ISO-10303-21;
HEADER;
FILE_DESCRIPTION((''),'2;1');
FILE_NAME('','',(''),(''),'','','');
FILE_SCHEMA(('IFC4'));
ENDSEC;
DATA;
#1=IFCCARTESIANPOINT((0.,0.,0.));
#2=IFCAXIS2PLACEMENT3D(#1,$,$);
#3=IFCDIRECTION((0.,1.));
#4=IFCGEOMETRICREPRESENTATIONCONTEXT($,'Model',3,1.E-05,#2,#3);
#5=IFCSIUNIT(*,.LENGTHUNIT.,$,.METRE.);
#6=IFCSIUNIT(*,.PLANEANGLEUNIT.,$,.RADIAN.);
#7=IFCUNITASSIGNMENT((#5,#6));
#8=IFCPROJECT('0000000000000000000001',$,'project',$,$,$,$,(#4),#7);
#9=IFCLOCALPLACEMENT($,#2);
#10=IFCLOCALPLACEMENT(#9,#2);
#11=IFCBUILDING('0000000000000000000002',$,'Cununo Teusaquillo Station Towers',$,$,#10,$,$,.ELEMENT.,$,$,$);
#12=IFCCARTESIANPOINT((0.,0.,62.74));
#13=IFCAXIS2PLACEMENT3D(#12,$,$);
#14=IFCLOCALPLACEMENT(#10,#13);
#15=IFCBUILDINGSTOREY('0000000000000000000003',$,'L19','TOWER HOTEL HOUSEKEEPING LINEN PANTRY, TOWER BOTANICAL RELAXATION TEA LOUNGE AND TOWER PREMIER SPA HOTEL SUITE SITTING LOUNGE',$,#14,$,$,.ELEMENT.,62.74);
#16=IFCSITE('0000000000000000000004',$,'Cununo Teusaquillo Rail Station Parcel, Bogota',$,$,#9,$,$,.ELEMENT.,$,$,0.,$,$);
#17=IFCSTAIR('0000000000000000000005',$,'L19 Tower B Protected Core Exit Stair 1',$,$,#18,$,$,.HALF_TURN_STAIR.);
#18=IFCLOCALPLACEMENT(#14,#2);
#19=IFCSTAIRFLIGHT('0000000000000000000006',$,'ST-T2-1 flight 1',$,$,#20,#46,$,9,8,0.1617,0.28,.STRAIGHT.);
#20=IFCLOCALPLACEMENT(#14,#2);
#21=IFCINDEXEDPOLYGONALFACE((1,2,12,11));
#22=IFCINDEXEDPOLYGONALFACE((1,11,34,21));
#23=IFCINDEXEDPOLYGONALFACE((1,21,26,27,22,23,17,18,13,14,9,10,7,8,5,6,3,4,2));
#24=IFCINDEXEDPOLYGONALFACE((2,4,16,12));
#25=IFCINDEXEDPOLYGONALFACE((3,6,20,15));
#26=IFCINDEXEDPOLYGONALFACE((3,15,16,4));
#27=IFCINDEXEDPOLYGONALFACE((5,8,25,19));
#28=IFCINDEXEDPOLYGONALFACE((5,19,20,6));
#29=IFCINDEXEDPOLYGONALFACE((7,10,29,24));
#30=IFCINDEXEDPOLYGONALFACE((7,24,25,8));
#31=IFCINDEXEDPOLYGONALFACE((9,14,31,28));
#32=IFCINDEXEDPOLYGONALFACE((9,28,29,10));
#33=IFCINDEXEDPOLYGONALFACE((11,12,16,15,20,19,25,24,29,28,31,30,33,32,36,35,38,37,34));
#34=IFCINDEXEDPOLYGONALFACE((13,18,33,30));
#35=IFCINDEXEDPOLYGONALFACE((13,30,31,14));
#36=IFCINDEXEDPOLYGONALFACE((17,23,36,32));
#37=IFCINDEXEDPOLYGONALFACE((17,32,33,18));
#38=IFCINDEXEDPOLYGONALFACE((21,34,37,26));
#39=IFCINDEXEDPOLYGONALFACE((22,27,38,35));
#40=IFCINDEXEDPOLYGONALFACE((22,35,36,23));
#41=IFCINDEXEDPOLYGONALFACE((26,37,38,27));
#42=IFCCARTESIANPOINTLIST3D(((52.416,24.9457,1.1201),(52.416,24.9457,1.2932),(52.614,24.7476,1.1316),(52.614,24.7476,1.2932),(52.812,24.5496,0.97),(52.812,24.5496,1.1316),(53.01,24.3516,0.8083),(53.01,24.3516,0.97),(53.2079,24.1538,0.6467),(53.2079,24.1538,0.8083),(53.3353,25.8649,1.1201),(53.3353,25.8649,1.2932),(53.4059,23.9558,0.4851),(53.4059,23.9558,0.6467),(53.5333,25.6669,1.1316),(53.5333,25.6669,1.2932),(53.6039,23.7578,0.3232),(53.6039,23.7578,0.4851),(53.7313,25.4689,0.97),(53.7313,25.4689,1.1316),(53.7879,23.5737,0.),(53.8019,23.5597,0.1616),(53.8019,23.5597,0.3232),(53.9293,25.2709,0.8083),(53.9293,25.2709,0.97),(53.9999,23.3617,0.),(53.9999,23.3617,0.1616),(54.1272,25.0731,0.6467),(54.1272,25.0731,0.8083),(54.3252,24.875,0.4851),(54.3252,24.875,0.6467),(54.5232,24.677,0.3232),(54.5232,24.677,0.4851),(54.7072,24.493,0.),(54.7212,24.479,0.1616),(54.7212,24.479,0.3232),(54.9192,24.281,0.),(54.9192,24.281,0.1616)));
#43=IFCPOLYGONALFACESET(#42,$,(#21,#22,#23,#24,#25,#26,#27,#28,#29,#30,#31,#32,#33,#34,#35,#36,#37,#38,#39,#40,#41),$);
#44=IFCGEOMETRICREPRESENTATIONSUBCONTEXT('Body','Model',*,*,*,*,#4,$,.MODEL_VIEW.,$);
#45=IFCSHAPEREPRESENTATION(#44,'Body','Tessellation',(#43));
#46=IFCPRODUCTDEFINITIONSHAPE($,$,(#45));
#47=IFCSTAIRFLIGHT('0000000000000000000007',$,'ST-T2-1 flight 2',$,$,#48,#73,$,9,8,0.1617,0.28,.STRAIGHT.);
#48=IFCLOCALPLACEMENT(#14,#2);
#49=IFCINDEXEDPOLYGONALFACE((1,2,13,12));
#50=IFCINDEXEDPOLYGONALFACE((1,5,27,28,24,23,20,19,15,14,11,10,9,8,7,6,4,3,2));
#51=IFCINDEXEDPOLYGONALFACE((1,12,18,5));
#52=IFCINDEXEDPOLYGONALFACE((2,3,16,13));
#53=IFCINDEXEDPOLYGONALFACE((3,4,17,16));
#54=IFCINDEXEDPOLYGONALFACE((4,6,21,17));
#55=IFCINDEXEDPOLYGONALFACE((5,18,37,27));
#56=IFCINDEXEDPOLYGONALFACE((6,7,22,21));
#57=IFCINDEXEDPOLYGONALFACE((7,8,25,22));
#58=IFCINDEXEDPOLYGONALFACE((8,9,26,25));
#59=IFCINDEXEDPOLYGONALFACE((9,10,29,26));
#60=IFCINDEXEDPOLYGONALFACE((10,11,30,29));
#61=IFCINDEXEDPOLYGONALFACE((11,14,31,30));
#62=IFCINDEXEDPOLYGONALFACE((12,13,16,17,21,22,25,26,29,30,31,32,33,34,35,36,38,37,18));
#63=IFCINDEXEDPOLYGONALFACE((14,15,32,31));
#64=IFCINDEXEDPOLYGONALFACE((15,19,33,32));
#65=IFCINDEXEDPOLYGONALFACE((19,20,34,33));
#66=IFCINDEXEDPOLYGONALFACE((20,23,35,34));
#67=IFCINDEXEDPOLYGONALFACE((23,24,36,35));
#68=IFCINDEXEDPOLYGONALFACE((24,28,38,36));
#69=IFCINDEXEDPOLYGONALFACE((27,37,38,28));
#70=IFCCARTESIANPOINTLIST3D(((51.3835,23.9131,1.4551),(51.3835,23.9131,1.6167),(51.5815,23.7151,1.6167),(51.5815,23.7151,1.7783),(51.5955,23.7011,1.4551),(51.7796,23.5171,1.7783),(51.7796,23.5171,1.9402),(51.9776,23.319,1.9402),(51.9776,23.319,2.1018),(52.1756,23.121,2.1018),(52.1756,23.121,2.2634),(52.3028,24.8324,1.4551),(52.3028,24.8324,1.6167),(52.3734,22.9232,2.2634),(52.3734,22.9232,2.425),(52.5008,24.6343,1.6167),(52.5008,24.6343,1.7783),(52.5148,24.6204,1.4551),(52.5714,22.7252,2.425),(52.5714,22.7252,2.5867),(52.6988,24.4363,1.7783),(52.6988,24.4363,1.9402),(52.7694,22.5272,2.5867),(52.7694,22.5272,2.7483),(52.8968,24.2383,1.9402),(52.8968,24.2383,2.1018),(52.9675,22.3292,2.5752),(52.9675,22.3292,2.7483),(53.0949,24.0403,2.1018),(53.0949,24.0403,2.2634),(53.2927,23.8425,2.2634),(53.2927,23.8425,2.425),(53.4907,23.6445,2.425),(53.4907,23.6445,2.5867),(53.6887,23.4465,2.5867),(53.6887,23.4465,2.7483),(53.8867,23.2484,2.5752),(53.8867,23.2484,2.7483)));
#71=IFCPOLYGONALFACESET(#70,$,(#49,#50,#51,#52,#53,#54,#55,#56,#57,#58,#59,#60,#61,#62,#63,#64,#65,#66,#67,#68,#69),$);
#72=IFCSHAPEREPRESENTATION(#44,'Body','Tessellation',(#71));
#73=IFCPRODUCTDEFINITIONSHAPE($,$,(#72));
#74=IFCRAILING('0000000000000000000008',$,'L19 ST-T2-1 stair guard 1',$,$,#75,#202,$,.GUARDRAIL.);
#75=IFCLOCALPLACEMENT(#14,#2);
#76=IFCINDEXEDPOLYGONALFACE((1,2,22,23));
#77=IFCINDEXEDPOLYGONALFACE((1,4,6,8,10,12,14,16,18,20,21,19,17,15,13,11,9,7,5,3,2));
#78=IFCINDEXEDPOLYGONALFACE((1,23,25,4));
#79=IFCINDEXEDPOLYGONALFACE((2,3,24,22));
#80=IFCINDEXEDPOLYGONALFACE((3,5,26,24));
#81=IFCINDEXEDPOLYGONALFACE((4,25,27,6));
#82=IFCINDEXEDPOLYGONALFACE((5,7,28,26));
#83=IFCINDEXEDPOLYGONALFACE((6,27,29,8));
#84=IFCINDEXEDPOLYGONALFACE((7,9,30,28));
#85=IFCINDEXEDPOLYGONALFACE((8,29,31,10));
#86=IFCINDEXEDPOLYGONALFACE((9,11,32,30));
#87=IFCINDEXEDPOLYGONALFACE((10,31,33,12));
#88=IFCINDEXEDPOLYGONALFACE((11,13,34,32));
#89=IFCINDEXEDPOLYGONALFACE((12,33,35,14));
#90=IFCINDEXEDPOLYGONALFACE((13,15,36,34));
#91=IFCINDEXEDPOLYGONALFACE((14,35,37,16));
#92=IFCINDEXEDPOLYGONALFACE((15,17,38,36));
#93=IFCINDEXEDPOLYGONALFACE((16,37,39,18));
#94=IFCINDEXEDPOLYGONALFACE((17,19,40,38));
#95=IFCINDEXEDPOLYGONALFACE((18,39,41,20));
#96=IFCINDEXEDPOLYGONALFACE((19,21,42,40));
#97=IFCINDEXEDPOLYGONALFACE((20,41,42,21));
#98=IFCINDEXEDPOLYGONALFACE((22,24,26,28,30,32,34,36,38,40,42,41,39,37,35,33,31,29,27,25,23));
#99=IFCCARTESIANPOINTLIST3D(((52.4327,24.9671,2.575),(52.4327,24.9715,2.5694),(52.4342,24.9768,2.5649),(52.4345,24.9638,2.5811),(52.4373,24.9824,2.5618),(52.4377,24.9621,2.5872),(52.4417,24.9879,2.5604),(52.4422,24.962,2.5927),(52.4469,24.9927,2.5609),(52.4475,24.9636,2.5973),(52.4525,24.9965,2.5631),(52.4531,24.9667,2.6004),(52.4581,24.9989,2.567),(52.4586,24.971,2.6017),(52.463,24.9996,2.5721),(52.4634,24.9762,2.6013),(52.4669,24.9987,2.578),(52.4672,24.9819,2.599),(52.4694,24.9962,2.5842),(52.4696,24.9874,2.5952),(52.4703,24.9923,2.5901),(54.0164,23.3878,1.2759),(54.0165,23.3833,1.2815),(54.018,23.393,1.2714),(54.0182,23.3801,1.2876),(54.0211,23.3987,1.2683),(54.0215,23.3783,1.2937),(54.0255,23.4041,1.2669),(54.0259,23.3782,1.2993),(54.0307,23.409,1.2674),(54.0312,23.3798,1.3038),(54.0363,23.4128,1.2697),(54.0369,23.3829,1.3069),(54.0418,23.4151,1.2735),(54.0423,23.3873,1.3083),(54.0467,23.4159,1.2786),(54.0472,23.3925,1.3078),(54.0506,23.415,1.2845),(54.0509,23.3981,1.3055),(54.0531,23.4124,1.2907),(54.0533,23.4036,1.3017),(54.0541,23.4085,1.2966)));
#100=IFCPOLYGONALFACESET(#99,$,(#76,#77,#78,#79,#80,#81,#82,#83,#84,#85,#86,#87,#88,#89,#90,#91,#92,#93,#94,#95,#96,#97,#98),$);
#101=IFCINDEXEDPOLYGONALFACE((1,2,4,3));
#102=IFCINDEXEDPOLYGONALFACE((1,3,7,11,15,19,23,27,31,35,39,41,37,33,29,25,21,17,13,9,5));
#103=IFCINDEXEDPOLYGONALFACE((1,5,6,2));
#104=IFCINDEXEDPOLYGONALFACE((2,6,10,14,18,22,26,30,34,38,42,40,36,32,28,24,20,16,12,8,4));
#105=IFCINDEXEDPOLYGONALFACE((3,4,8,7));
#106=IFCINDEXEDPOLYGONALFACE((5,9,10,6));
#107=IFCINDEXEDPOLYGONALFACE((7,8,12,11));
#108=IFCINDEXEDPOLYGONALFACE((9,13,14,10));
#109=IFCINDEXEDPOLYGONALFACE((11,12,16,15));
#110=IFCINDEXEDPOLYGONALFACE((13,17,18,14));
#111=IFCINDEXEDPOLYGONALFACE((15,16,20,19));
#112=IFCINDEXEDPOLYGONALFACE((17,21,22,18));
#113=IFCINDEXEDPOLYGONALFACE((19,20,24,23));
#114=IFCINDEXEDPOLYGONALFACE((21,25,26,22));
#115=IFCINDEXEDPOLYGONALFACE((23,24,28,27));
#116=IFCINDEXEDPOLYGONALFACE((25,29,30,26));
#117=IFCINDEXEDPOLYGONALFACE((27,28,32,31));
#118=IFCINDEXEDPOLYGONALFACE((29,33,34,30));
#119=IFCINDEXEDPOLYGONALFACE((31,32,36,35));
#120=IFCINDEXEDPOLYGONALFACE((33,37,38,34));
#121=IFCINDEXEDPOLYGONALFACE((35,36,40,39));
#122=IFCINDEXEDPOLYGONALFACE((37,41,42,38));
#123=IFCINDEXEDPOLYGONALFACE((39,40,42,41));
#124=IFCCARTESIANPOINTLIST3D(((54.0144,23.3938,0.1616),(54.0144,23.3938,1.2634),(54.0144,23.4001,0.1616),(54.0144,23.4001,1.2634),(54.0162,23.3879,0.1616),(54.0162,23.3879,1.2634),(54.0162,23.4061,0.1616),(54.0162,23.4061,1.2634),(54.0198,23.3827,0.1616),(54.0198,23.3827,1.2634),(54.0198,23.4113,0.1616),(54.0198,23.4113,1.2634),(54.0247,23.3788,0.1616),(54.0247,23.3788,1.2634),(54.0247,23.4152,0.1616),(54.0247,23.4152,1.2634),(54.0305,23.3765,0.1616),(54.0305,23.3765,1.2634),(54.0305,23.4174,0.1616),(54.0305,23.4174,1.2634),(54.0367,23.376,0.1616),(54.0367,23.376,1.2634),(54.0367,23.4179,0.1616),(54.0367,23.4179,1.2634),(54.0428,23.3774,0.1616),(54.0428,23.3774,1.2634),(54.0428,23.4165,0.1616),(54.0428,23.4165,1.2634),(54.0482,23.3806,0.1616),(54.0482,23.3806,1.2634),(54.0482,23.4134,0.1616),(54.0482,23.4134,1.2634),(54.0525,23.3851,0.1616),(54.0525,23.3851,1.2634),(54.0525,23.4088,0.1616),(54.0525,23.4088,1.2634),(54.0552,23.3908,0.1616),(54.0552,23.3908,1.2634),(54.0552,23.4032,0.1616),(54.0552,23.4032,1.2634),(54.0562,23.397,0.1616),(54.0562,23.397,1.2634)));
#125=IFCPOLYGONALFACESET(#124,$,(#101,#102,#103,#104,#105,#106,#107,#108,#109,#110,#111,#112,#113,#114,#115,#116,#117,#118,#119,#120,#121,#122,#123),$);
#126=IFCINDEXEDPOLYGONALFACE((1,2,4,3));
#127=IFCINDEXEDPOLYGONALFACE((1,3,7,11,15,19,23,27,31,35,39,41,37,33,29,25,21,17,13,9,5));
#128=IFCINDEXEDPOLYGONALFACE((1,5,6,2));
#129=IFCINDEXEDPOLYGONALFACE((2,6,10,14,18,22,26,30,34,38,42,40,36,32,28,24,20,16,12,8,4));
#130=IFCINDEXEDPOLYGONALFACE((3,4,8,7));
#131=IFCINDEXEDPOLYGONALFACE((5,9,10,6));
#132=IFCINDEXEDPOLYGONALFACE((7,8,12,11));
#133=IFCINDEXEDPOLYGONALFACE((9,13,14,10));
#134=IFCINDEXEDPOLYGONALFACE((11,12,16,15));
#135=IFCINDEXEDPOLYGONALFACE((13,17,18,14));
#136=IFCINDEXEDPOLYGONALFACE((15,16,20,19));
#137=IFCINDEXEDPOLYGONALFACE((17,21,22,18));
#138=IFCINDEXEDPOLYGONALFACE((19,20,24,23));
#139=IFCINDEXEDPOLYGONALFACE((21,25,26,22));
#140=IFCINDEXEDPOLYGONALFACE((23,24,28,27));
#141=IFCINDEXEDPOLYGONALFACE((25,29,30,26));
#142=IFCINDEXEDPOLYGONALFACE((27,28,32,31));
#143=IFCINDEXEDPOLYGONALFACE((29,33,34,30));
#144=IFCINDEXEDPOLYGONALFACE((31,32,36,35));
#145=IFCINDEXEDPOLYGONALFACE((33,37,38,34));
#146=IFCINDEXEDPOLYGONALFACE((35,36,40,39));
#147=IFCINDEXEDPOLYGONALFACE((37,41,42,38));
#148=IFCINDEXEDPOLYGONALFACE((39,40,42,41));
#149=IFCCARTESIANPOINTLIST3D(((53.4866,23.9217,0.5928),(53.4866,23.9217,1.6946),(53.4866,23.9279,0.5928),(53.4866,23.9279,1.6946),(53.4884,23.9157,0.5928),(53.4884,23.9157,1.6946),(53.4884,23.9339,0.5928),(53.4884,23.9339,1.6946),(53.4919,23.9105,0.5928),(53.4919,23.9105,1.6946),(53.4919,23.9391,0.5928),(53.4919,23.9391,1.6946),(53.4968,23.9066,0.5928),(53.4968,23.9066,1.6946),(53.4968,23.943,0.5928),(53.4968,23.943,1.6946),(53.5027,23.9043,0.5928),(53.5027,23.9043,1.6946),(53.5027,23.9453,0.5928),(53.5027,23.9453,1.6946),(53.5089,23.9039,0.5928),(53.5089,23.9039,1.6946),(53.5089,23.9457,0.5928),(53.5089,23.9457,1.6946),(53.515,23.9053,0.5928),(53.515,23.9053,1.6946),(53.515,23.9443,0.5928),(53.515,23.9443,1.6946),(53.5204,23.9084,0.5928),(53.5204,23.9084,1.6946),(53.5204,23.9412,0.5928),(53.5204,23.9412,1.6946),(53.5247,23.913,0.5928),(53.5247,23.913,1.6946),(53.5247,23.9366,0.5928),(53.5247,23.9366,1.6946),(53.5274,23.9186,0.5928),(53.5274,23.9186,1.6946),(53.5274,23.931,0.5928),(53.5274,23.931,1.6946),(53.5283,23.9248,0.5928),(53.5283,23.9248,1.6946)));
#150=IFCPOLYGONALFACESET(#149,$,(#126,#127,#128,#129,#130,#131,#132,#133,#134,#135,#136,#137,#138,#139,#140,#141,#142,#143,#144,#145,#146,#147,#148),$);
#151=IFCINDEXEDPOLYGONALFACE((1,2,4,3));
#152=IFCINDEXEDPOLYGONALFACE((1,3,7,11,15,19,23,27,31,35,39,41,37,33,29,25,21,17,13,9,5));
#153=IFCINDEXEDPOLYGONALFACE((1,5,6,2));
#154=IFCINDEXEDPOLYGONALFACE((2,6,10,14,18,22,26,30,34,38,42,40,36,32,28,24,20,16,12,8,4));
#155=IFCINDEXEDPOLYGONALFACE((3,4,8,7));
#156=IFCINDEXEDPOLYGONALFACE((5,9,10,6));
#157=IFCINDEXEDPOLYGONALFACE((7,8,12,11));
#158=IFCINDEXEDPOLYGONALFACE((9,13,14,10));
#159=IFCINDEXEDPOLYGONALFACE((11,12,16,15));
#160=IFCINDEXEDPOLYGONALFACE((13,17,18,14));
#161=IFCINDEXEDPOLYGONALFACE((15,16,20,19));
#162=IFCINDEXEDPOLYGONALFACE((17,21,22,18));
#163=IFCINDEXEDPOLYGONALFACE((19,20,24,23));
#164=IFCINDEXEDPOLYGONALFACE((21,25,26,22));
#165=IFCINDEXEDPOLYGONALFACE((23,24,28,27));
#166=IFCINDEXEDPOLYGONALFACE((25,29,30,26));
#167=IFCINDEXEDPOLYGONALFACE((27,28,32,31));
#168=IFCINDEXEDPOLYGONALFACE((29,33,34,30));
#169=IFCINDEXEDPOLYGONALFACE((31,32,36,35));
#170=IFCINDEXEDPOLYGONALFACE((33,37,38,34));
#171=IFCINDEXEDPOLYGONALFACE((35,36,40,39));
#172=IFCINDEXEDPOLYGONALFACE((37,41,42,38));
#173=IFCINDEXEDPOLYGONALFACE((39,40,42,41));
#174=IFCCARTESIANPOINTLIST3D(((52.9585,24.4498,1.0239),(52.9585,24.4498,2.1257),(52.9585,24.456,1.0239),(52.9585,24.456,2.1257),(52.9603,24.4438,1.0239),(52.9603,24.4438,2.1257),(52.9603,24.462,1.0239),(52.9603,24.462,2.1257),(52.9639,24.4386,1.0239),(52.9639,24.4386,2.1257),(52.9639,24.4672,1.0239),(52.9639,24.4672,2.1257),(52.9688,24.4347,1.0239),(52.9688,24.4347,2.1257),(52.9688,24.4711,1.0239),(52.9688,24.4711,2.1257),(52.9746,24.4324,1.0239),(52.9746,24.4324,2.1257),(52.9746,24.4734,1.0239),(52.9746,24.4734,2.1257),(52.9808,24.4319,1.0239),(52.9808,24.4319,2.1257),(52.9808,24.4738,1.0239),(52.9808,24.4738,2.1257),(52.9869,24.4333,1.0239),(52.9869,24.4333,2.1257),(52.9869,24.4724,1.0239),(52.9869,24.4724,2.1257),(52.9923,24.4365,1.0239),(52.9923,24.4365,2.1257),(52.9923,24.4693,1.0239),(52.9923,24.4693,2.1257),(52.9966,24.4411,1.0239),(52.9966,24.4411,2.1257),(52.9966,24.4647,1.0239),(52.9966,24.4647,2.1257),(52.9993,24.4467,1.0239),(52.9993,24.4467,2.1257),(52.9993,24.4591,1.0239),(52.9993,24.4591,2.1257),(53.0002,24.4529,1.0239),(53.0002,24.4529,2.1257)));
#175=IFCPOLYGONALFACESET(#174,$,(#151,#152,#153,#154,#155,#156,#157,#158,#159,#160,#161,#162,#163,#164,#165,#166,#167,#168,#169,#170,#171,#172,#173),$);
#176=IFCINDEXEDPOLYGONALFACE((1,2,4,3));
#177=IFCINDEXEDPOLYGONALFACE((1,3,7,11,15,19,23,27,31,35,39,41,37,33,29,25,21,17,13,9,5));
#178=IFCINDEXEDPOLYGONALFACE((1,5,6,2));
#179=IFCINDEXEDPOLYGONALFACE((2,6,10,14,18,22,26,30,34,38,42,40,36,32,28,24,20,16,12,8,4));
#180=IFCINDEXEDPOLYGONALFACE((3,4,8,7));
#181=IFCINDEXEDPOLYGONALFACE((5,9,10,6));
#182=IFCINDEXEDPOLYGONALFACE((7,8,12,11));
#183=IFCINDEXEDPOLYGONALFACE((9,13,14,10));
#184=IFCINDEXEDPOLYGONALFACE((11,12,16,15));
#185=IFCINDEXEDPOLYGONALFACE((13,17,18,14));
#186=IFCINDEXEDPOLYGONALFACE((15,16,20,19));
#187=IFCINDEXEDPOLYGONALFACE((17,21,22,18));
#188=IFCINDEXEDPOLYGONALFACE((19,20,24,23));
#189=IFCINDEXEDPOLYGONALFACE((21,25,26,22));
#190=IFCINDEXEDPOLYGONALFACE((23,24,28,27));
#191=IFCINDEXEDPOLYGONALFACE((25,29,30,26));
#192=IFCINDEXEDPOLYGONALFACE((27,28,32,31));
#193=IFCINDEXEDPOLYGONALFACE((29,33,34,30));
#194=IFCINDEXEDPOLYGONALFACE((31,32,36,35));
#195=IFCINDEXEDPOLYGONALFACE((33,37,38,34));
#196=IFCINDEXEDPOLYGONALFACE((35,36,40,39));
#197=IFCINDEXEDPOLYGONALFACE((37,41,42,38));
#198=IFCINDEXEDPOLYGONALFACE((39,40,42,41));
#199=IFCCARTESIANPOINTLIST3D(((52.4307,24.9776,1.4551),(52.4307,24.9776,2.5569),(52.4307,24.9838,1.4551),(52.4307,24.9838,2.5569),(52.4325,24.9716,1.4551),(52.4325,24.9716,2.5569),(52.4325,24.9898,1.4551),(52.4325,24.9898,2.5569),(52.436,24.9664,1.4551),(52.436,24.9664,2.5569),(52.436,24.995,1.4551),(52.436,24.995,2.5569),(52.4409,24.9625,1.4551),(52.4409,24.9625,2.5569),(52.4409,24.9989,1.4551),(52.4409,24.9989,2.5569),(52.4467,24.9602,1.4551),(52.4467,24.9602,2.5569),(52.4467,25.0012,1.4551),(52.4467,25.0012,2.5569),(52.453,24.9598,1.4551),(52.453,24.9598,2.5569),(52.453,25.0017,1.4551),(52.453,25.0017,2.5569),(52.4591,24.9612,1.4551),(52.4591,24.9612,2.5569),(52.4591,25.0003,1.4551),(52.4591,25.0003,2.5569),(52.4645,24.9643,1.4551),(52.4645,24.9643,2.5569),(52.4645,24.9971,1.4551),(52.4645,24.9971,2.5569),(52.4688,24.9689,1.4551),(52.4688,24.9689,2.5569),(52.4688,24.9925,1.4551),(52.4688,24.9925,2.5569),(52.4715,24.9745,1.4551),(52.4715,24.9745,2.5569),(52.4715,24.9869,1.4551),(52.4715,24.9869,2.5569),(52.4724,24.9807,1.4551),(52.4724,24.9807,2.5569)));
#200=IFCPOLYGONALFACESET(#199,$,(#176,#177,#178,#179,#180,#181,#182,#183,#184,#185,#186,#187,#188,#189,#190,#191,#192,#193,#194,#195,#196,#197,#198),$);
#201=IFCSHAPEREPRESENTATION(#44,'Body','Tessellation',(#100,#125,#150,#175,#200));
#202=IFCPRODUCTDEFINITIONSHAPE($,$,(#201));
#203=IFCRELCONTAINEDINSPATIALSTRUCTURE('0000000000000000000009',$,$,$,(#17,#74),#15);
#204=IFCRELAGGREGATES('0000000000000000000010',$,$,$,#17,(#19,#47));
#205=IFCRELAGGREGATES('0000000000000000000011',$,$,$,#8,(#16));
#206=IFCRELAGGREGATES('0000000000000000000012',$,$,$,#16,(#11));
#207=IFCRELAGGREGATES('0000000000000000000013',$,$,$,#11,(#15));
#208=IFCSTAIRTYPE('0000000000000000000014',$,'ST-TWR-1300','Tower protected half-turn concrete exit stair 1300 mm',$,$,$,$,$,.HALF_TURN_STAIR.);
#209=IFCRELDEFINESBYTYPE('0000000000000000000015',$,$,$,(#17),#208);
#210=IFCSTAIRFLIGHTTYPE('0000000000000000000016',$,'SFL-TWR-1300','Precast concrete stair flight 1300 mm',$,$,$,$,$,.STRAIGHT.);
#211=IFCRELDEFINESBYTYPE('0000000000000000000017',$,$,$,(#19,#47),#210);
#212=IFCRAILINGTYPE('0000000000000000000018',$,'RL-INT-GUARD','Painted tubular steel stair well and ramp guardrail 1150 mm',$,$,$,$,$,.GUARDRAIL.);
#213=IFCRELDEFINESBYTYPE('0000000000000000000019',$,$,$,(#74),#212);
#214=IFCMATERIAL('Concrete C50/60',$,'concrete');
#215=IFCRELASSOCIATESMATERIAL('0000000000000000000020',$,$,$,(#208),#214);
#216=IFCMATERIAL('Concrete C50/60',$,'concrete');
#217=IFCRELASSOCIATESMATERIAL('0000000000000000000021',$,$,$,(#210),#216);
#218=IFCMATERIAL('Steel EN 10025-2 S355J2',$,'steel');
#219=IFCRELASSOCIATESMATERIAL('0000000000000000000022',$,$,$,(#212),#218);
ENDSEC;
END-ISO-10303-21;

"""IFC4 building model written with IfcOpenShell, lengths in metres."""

from ifc_helpers import new_model, si_unit, direction, frame, origin, origin_2d, place, context, subcontext, project, spatial, polyline, circle, outline, extrude, material, type_object, element, aggregate, save


model = new_model("IFC4")

# Units and contexts
model_context = context("Model", 3, precision=1e-05, world=origin(), true_north=direction((0.0, 1.0)))
body_context = subcontext(model_context, "Body", "Model", "MODEL_VIEW")
ifc_project = project(units=[si_unit("LENGTHUNIT", "METRE"), si_unit("PLANEANGLEUNIT", "RADIAN")], contexts=[model_context])

# Site, building, storey
site_placement = place(None, origin())
site = spatial("IfcSite", under=ifc_project, at=site_placement, Name="Cununo Teusaquillo Rail Station Parcel, Bogota", CompositionType="ELEMENT", RefElevation=0.0)
building_placement = place(site_placement, origin())
building = spatial("IfcBuilding", under=site, at=building_placement, Name="Cununo Teusaquillo Station Towers", CompositionType="ELEMENT")
storey_placement = place(building_placement, frame((0.0, 0.0, 62.74)))
storey = spatial("IfcBuildingStorey", under=building, at=storey_placement, Name="L19", Description="TOWER HOTEL HOUSEKEEPING LINEN PANTRY, TOWER BOTANICAL RELAXATION TEA LOUNGE AND TOWER PREMIER SPA HOTEL SUITE SITTING LOUNGE", CompositionType="ELEMENT", Elevation=62.74)

# Stair, stair flights
ifc_material_1 = material(Name="Concrete C50/60", Category="concrete")
stair_type = type_object("IfcStairType", Name="ST-TWR-1300", Description="Tower protected half-turn concrete exit stair 1300 mm", PredefinedType="HALF_TURN_STAIR", material=ifc_material_1)
stair_placement = place(storey_placement, origin())
stair = element("IfcStair", 1, at=stair_placement, inside=storey, type_object=stair_type, Name="L19 Tower B Protected Core Exit Stair 1", PredefinedType="HALF_TURN_STAIR")
ifc_material_2 = material(Name="Concrete C50/60", Category="concrete")
stair_flight_type = type_object("IfcStairFlightType", Name="SFL-TWR-1300", Description="Precast concrete stair flight 1300 mm", PredefinedType="STRAIGHT", material=ifc_material_2)
stair_flight_1_placement = place(storey_placement, frame((54.4595, 23.8213, 0.0), z_axis=(0.0, 0.0, 1.0), x_axis=(-0.707107, 0.707107, 0.0)))
stair_flight_1 = element("IfcStairFlight", 2, at=stair_flight_1_placement, type_object=stair_flight_type, Name="ST-T2-1 flight 1", NumberOfRisers=9, NumberOfTreads=8, PredefinedType="STRAIGHT", RiserHeight=0.1617, TreadLength=0.28, context=body_context, shape_type="SweptSolid", body=[
    extrude(outline(polyline([(0.0, 0.0), (0.0, 0.1616), (0.28, 0.1616), (0.28, 0.3232), (0.5601, 0.3232), (0.5601, 0.4851), (0.8401, 0.4851), (0.8401, 0.6467), (1.1201, 0.6467), (1.1201, 0.8083), (1.3999, 0.8083), (1.3999, 0.97), (1.6799, 0.97), (1.6799, 1.1316), (1.96, 1.1316), (1.96, 1.2932), (2.24, 1.2932), (2.24, 1.4551), (2.24, 1.1201), (0.2998, 0.0), (0.0, 0.0)])), frame((0.0, 0.6499, 0.0), z_axis=(0.0, -1.0, 0.0), x_axis=(1.0, 0.0, 0.0)), (0.0, 0.0, 1.0), 1.3),
])
stair_flight_2_placement = place(storey_placement, frame((51.8433, 24.3728, 1.4551), z_axis=(0.0, 0.0, 1.0), x_axis=(0.707107, -0.707107, 0.0)))
stair_flight_2 = element("IfcStairFlight", 3, at=stair_flight_2_placement, type_object=stair_flight_type, Name="ST-T2-1 flight 2", NumberOfRisers=9, NumberOfTreads=8, PredefinedType="STRAIGHT", RiserHeight=0.1617, TreadLength=0.28, context=body_context, shape_type="SweptSolid", body=[
    extrude(outline(polyline([(0.0, 0.0), (0.0, 0.1616), (0.28, 0.1616), (0.28, 0.3232), (0.5601, 0.3232), (0.5601, 0.4851), (0.8401, 0.4851), (0.8401, 0.6467), (1.1201, 0.6467), (1.1201, 0.8083), (1.3999, 0.8083), (1.3999, 0.97), (1.6799, 0.97), (1.6799, 1.1316), (1.96, 1.1316), (1.96, 1.2932), (2.24, 1.2932), (2.24, 1.4551), (2.24, 1.1201), (0.2998, 0.0), (0.0, 0.0)])), frame((0.0, 0.6499, 0.0), z_axis=(0.0, -1.0, 0.0), x_axis=(1.0, 0.0, 0.0)), (0.0, 0.0, 1.0), 1.3),
])
aggregate(stair, [stair_flight_1, stair_flight_2])

# Railing
ifc_material_3 = material(Name="Steel EN 10025-2 S355J2", Category="steel")
railing_type_1 = type_object("IfcRailingType", Name="RL-INT-GUARD", Description="Painted tubular steel stair well and ramp guardrail 1150 mm", PredefinedType="GUARDRAIL", material=ifc_material_3)
railing_1_placement = place(storey_placement, frame((54.0352, 23.397, 0.1616)))
element("IfcRailing", 4, at=railing_1_placement, inside=storey, type_object=railing_type_1, Name="L19 ST-T2-1 stair guard 1", PredefinedType="GUARDRAIL", context=body_context, shape_type="SweptSolid", body=[
    extrude(circle(Radius=0.0239, at=origin_2d()), frame((0.0, 0.0, 1.126), z_axis=(-0.612332, 0.612332, 0.500098), x_axis=(-0.707107, -0.707107, 0.0)), (0.0, 0.0, 1.0), 2.5864),
    extrude(circle(Radius=0.021, at=origin_2d()), origin(), (0.0, 0.0, 1.0), 1.1018),
    extrude(circle(Radius=0.021, at=origin_2d()), frame((-0.5278, 0.5278, 0.4312)), (0.0, 0.0, 1.0), 1.1018),
    extrude(circle(Radius=0.021, at=origin_2d()), frame((-1.0559, 1.0559, 0.8623)), (0.0, 0.0, 1.0), 1.1018),
    extrude(circle(Radius=0.021, at=origin_2d()), frame((-1.5837, 1.5837, 1.2935)), (0.0, 0.0, 1.0), 1.1018),
])

save(model, "model.ifc")
